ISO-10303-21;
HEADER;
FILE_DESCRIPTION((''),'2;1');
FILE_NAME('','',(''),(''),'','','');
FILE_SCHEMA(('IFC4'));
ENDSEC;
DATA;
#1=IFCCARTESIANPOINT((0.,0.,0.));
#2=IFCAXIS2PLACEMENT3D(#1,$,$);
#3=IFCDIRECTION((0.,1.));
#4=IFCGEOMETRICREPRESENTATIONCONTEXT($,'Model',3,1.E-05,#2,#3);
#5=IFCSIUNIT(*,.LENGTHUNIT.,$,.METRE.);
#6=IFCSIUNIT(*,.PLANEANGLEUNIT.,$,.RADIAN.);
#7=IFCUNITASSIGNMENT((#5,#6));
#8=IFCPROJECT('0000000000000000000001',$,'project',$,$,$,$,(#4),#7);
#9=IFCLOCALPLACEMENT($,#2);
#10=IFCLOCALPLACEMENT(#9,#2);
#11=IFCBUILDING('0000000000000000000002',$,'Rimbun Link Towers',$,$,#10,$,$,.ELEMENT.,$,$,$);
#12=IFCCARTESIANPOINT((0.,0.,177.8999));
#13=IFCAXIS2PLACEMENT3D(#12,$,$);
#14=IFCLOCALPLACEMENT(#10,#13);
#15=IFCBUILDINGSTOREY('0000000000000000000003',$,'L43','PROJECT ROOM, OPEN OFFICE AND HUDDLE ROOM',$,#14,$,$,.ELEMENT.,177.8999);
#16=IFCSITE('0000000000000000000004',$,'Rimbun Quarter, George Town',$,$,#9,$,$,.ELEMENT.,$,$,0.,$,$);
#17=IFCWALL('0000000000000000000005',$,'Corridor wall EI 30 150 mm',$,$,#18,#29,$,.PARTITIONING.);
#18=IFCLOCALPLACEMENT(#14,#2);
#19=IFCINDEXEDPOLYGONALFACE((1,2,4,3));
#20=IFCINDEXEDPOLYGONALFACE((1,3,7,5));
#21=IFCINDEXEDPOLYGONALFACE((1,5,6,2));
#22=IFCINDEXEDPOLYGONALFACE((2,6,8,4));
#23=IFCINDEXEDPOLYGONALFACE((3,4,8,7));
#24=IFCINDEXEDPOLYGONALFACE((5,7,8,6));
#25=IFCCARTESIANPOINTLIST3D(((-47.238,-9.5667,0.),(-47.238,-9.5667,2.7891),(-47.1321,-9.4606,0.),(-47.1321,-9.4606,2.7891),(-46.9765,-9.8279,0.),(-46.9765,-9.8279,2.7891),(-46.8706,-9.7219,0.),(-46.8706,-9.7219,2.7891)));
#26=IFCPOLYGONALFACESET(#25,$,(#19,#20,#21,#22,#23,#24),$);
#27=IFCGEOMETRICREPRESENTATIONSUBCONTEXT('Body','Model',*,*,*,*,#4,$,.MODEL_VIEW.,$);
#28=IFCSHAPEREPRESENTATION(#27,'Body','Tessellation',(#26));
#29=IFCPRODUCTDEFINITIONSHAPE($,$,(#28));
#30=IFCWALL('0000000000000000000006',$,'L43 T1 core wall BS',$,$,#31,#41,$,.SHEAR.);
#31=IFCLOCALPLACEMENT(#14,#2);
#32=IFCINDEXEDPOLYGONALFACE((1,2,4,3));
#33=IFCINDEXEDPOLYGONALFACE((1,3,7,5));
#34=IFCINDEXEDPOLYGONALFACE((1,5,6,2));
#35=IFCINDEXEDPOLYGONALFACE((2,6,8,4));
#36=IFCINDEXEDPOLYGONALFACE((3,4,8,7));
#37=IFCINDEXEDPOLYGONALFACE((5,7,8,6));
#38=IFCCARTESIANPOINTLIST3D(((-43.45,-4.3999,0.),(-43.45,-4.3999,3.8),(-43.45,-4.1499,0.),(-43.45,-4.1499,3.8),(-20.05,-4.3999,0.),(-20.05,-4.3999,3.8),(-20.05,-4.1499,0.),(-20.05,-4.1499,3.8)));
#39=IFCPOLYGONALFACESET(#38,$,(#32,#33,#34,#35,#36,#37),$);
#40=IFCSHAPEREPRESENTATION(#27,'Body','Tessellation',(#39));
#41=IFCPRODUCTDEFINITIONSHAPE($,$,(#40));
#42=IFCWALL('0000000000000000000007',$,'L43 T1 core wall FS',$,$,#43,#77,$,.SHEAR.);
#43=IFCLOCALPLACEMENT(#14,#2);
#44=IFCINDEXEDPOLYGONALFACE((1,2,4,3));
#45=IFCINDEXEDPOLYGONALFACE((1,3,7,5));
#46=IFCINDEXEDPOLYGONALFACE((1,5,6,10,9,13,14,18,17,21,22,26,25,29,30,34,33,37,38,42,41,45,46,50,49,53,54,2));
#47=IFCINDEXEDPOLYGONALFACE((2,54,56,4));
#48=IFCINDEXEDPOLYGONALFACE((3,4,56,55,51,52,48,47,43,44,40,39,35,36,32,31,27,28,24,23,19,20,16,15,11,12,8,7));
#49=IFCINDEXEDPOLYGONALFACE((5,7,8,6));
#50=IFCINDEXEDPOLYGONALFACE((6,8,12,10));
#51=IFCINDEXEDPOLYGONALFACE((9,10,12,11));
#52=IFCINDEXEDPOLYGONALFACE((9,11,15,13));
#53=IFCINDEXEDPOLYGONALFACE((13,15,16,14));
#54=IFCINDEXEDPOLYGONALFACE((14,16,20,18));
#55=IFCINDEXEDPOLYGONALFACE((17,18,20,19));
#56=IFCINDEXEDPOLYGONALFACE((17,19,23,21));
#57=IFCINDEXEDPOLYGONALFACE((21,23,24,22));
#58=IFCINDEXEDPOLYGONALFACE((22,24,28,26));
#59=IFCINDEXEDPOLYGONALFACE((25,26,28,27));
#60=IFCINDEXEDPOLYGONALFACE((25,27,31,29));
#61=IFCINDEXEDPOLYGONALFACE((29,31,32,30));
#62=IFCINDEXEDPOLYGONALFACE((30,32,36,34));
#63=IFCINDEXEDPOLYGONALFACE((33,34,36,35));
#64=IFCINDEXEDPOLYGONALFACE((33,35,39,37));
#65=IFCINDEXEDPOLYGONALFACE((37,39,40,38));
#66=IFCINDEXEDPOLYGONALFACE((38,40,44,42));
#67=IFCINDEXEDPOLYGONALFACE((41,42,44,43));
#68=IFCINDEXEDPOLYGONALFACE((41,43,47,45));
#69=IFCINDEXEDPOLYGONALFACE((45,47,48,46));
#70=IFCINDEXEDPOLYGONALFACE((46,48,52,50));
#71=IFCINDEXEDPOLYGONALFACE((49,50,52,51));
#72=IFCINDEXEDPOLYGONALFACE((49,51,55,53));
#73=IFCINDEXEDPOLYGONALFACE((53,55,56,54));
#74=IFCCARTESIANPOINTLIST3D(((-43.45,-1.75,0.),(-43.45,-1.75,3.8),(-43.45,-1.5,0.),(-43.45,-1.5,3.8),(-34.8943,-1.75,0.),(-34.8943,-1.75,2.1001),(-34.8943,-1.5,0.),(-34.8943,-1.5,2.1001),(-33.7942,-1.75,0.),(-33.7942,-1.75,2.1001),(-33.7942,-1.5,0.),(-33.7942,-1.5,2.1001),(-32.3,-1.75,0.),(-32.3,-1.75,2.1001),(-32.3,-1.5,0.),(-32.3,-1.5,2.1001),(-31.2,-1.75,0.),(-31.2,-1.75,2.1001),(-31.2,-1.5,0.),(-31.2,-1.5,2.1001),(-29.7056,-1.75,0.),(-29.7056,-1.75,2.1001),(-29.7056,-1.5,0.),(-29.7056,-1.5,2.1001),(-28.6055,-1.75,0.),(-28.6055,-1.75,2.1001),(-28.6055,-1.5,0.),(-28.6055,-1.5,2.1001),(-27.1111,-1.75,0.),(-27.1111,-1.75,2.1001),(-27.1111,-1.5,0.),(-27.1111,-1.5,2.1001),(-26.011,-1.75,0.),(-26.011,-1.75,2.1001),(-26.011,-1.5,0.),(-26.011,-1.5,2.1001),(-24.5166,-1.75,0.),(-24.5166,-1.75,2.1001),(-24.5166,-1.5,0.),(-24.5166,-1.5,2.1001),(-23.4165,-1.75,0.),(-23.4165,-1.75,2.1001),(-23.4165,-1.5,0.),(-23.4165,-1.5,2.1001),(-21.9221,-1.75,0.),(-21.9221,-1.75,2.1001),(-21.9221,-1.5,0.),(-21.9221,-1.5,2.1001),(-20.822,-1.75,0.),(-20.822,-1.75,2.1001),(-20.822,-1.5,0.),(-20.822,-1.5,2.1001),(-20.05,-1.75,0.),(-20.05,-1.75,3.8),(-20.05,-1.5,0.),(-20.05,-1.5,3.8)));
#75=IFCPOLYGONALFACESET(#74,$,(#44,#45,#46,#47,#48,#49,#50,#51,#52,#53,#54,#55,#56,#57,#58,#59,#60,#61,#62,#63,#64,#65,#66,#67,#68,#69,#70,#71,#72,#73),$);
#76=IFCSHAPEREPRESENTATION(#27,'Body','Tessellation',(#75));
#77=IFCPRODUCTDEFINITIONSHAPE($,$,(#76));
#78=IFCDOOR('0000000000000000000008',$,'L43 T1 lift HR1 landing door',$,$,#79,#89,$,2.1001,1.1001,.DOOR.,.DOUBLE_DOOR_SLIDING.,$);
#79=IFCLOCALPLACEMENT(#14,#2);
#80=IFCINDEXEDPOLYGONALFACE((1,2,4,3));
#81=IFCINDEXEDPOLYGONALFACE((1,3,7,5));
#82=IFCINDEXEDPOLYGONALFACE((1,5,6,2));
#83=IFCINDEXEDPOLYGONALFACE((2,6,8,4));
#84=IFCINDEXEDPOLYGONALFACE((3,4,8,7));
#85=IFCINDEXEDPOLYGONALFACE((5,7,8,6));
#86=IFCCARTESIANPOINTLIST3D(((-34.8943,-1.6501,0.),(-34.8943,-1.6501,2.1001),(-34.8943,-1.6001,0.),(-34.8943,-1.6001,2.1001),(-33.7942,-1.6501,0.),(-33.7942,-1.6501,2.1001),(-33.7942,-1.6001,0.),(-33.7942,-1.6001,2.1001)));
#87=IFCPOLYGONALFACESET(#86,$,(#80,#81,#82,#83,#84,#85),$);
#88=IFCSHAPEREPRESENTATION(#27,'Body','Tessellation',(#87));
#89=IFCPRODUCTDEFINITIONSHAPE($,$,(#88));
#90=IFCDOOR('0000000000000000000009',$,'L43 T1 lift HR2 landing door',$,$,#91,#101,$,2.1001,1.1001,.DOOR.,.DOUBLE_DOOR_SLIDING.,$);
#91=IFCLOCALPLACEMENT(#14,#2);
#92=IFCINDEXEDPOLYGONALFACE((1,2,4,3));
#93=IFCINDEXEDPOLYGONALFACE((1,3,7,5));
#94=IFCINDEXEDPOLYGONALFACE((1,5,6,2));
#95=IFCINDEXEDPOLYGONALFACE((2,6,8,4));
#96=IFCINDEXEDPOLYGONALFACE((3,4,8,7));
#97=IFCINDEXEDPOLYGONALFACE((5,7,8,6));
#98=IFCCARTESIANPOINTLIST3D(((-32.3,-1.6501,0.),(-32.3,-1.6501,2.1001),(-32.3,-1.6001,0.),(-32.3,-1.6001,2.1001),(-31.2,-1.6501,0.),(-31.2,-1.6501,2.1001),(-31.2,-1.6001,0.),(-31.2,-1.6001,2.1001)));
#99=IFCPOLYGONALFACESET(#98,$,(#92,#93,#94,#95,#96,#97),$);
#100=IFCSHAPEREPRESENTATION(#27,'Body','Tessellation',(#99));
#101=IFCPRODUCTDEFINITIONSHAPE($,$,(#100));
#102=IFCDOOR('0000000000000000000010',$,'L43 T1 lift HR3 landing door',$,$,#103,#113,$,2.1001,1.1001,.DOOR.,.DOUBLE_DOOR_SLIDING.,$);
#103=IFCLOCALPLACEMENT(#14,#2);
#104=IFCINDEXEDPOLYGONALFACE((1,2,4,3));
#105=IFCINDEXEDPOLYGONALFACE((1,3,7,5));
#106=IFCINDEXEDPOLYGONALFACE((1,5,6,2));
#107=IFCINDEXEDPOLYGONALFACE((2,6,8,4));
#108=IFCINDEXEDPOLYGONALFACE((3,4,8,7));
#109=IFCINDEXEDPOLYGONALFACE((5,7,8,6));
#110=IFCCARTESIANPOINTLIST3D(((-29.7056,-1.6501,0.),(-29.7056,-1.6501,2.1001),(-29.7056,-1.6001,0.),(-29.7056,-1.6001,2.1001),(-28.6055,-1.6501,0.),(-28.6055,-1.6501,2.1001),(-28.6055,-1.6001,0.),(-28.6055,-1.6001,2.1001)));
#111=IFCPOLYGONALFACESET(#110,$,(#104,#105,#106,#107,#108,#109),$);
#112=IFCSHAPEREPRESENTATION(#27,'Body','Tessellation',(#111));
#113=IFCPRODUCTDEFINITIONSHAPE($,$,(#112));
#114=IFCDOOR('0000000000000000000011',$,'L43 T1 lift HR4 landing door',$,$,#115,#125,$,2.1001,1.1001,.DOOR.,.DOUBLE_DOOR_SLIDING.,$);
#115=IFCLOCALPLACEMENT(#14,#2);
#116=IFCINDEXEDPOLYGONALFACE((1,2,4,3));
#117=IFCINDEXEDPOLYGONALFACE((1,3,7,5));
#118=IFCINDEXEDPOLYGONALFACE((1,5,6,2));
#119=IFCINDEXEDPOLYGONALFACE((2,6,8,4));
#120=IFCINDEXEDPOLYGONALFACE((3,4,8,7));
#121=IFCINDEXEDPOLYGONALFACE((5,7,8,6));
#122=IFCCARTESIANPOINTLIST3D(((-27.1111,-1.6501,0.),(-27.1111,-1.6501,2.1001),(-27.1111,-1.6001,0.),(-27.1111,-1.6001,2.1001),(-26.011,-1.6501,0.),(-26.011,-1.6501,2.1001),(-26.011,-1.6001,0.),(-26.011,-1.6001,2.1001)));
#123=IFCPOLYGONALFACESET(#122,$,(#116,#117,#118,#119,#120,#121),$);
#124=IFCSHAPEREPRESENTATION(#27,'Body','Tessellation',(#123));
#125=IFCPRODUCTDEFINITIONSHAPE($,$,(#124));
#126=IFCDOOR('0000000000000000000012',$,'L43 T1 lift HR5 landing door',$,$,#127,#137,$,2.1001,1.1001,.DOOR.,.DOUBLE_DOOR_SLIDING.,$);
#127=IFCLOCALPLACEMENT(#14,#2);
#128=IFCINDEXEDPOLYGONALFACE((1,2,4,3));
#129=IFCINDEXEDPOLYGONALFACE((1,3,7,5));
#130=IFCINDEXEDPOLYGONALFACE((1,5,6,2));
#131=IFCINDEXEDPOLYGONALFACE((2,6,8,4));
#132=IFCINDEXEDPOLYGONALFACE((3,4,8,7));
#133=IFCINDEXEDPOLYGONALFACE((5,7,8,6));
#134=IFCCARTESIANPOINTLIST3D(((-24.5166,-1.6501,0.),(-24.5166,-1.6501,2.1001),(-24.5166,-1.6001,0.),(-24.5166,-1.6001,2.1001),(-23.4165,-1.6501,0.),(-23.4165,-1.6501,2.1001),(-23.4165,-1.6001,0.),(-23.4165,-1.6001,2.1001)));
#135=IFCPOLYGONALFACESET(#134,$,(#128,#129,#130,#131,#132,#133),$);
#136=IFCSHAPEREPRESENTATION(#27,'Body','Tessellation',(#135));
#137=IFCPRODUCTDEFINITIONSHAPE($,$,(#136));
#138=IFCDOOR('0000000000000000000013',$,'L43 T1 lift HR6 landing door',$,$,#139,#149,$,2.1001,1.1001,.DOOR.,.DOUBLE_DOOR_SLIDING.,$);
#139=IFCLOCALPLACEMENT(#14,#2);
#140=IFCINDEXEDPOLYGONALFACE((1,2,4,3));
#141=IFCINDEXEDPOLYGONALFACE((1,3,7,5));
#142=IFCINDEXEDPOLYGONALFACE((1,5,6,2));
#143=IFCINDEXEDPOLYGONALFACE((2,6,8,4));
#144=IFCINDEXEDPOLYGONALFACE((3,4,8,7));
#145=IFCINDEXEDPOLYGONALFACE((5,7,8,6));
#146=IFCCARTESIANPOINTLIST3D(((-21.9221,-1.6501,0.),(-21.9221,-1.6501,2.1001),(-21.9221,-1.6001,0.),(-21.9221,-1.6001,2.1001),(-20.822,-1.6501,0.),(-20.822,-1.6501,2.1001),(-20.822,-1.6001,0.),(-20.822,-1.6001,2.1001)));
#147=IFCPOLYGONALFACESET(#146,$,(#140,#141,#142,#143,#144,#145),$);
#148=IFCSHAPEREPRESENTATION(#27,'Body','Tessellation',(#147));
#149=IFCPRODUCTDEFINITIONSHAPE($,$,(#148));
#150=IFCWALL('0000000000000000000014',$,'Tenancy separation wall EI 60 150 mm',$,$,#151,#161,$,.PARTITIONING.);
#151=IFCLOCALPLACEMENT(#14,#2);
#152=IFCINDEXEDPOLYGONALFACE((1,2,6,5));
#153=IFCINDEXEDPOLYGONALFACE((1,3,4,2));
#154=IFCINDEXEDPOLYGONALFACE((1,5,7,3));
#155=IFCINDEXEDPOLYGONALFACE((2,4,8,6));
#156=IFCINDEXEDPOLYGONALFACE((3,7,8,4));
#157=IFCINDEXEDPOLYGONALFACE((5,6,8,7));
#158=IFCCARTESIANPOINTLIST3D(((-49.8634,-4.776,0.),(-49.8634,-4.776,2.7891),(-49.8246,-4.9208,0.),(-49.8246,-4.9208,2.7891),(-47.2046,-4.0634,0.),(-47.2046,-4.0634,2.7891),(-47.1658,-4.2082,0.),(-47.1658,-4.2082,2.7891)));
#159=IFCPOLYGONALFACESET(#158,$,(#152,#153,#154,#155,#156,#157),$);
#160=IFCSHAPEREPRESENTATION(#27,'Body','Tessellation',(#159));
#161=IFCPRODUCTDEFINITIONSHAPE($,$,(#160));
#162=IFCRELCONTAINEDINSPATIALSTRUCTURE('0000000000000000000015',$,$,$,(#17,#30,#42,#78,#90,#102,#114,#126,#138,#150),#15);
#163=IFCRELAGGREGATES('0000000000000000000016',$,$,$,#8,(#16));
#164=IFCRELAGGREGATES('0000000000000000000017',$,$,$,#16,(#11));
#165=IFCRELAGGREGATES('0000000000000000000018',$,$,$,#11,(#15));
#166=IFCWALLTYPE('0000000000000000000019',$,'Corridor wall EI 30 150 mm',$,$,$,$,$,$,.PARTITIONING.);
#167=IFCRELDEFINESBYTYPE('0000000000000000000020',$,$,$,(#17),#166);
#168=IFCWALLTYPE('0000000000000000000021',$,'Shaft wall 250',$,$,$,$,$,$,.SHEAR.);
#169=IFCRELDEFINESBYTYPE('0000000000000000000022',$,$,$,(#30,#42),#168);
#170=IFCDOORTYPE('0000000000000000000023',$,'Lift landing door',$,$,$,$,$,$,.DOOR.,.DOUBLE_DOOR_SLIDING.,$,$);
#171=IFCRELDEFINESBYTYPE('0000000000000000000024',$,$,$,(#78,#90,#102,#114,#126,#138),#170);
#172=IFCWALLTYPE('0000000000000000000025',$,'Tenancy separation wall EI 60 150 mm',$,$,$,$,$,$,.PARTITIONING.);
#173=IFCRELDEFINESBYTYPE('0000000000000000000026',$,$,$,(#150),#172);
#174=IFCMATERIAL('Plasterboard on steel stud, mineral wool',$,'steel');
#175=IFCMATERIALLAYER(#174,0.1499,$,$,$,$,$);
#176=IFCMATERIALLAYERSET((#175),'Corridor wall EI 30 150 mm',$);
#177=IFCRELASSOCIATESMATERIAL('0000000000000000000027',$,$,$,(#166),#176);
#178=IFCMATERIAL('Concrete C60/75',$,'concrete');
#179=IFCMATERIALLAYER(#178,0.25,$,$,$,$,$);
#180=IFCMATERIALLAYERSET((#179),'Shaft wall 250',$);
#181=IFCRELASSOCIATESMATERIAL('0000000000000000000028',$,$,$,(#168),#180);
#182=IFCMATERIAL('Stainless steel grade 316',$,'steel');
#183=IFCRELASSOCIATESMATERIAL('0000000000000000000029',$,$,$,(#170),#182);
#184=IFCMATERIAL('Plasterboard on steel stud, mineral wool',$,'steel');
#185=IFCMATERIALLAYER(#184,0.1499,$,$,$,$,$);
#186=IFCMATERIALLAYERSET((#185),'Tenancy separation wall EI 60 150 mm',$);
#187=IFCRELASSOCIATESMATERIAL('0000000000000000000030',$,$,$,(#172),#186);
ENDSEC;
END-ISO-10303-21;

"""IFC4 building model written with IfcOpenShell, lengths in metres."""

from ifc_helpers import new_model, si_unit, direction, frame, frame_2d, origin, place, context, subcontext, project, spatial, rectangle, extrude, material, layer, layer_set, type_object, element, fill, save


model = new_model("IFC4")

# Units and contexts
model_context = context("Model", 3, precision=1e-05, world=origin(), true_north=direction((0.0, 1.0)))
body_context = subcontext(model_context, "Body", "Model", "MODEL_VIEW")
ifc_project = project(units=[si_unit("LENGTHUNIT", "METRE"), si_unit("PLANEANGLEUNIT", "RADIAN")], contexts=[model_context])

# Site, building, storey
site_placement = place(None, origin())
site = spatial("IfcSite", under=ifc_project, at=site_placement, Name="Rimbun Quarter, George Town", CompositionType="ELEMENT", RefElevation=0.0)
building_placement = place(site_placement, origin())
building = spatial("IfcBuilding", under=site, at=building_placement, Name="Rimbun Link Towers", CompositionType="ELEMENT")
storey_placement = place(building_placement, frame((0.0, 0.0, 177.8999)))
storey = spatial("IfcBuildingStorey", under=building, at=storey_placement, Name="L43", Description="PROJECT ROOM, OPEN OFFICE AND HUDDLE ROOM", CompositionType="ELEMENT", Elevation=177.8999)

# Walls
ifc_material_1 = material(Name="Plasterboard on steel stud, mineral wool", Category="steel")
ifc_layer_1 = layer(ifc_material_1, 0.1499)
ifc_layer_set_1 = layer_set([ifc_layer_1], Name="Corridor wall EI 30 150 mm")
wall_type_1 = type_object("IfcWallType", Name="Corridor wall EI 30 150 mm", PredefinedType="PARTITIONING", material=ifc_layer_set_1)
wall_1_placement = place(storey_placement, frame((-47.1851, -9.5137, 0.0), z_axis=(0.0, 0.0, 1.0), x_axis=(0.707437, -0.706776, 0.0)))
element("IfcWall", 1, at=wall_1_placement, inside=storey, type_object=wall_type_1, Name="Corridor wall EI 30 150 mm", PredefinedType="PARTITIONING", context=body_context, shape_type="SweptSolid", body=[
    extrude(rectangle(XDim=0.3696, YDim=0.1499, at=frame_2d((0.1848, 0.0))), origin(), (0.0, 0.0, 1.0), 2.7891),
])
ifc_material_2 = material(Name="Concrete C60/75", Category="concrete")
ifc_layer_2 = layer(ifc_material_2, 0.25)
ifc_layer_set_2 = layer_set([ifc_layer_2], Name="Shaft wall 250")
wall_type_2 = type_object("IfcWallType", Name="Shaft wall 250", PredefinedType="SHEAR", material=ifc_layer_set_2)
wall_2_placement = place(storey_placement, frame((-43.45, -4.2749, 0.0), z_axis=(0.0, 0.0, 1.0), x_axis=(1.0, 0.0, 0.0)))
element("IfcWall", 2, at=wall_2_placement, inside=storey, type_object=wall_type_2, Name="L43 T1 core wall BS", PredefinedType="SHEAR", context=body_context, shape_type="SweptSolid", body=[
    extrude(rectangle(XDim=23.3999, YDim=0.25, at=frame_2d((11.7, 0.0))), origin(), (0.0, 0.0, 1.0), 3.8),
])

# Wall, openings, doors
wall_3_placement = place(storey_placement, frame((-43.45, -1.625, 0.0), z_axis=(0.0, 0.0, 1.0), x_axis=(1.0, 0.0, 0.0)))
wall_3 = element("IfcWall", 3, at=wall_3_placement, inside=storey, type_object=wall_type_2, Name="L43 T1 core wall FS", PredefinedType="SHEAR", context=body_context, shape_type="SweptSolid", body=[
    extrude(rectangle(XDim=23.3999, YDim=0.25, at=frame_2d((11.7, 0.0))), origin(), (0.0, 0.0, 1.0), 3.8),
])
opening_1_placement = place(wall_3_placement, frame((8.5557, 0.0, 0.0)))
opening_1 = element("IfcOpeningElement", 4, at=opening_1_placement, cuts=wall_3, PredefinedType="OPENING", context=body_context, shape_type="SweptSolid", body=[
    extrude(rectangle(XDim=1.1001, YDim=2.1001, at=frame_2d((0.55, 1.05))), frame((0.0, 0.135, 0.0), z_axis=(0.0, -1.0, 0.0), x_axis=(1.0, 0.0, 0.0)), (0.0, 0.0, 1.0), 0.27),
])
opening_2_placement = place(wall_3_placement, frame((11.1499, 0.0, 0.0)))
opening_2 = element("IfcOpeningElement", 5, at=opening_2_placement, cuts=wall_3, PredefinedType="OPENING", context=body_context, shape_type="SweptSolid", body=[
    extrude(rectangle(XDim=1.1001, YDim=2.1001, at=frame_2d((0.55, 1.05))), frame((0.0, 0.135, 0.0), z_axis=(0.0, -1.0, 0.0), x_axis=(1.0, 0.0, 0.0)), (0.0, 0.0, 1.0), 0.27),
])
opening_3_placement = place(wall_3_placement, frame((13.7444, 0.0, 0.0)))
opening_3 = element("IfcOpeningElement", 6, at=opening_3_placement, cuts=wall_3, PredefinedType="OPENING", context=body_context, shape_type="SweptSolid", body=[
    extrude(rectangle(XDim=1.1001, YDim=2.1001, at=frame_2d((0.55, 1.05))), frame((0.0, 0.135, 0.0), z_axis=(0.0, -1.0, 0.0), x_axis=(1.0, 0.0, 0.0)), (0.0, 0.0, 1.0), 0.27),
])
opening_4_placement = place(wall_3_placement, frame((16.3389, 0.0, 0.0)))
opening_4 = element("IfcOpeningElement", 7, at=opening_4_placement, cuts=wall_3, PredefinedType="OPENING", context=body_context, shape_type="SweptSolid", body=[
    extrude(rectangle(XDim=1.1001, YDim=2.1001, at=frame_2d((0.55, 1.05))), frame((0.0, 0.135, 0.0), z_axis=(0.0, -1.0, 0.0), x_axis=(1.0, 0.0, 0.0)), (0.0, 0.0, 1.0), 0.27),
])
opening_5_placement = place(wall_3_placement, frame((18.9333, 0.0, 0.0)))
opening_5 = element("IfcOpeningElement", 8, at=opening_5_placement, cuts=wall_3, PredefinedType="OPENING", context=body_context, shape_type="SweptSolid", body=[
    extrude(rectangle(XDim=1.1001, YDim=2.1001, at=frame_2d((0.55, 1.05))), frame((0.0, 0.135, 0.0), z_axis=(0.0, -1.0, 0.0), x_axis=(1.0, 0.0, 0.0)), (0.0, 0.0, 1.0), 0.27),
])
opening_6_placement = place(wall_3_placement, frame((21.5278, 0.0, 0.0)))
opening_6 = element("IfcOpeningElement", 9, at=opening_6_placement, cuts=wall_3, PredefinedType="OPENING", context=body_context, shape_type="SweptSolid", body=[
    extrude(rectangle(XDim=1.1001, YDim=2.1001, at=frame_2d((0.55, 1.05))), frame((0.0, 0.135, 0.0), z_axis=(0.0, -1.0, 0.0), x_axis=(1.0, 0.0, 0.0)), (0.0, 0.0, 1.0), 0.27),
])
ifc_material_3 = material(Name="Stainless steel grade 316", Category="steel")
door_type_1 = type_object("IfcDoorType", Name="Lift landing door", OperationType="DOUBLE_DOOR_SLIDING", PredefinedType="DOOR", material=ifc_material_3)
door_1_placement = place(opening_1_placement, origin())
door_1 = element("IfcDoor", 10, at=door_1_placement, inside=storey, type_object=door_type_1, Name="L43 T1 lift HR1 landing door", OperationType="DOUBLE_DOOR_SLIDING", OverallHeight=2.1001, OverallWidth=1.1001, PredefinedType="DOOR", context=body_context, shape_type="SweptSolid", body=[
    extrude(rectangle(XDim=1.1001, YDim=2.1001, at=frame_2d((0.55, 1.05))), frame((0.0, 0.0249, 0.0), z_axis=(0.0, -1.0, 0.0), x_axis=(1.0, 0.0, 0.0)), (0.0, 0.0, 1.0), 0.05),
])
fill(opening_1, door_1)
door_2_placement = place(opening_2_placement, origin())
door_2 = element("IfcDoor", 11, at=door_2_placement, inside=storey, type_object=door_type_1, Name="L43 T1 lift HR2 landing door", OperationType="DOUBLE_DOOR_SLIDING", OverallHeight=2.1001, OverallWidth=1.1001, PredefinedType="DOOR", context=body_context, shape_type="SweptSolid", body=[
    extrude(rectangle(XDim=1.1001, YDim=2.1001, at=frame_2d((0.55, 1.05))), frame((0.0, 0.0249, 0.0), z_axis=(0.0, -1.0, 0.0), x_axis=(1.0, 0.0, 0.0)), (0.0, 0.0, 1.0), 0.05),
])
fill(opening_2, door_2)
door_3_placement = place(opening_3_placement, origin())
door_3 = element("IfcDoor", 12, at=door_3_placement, inside=storey, type_object=door_type_1, Name="L43 T1 lift HR3 landing door", OperationType="DOUBLE_DOOR_SLIDING", OverallHeight=2.1001, OverallWidth=1.1001, PredefinedType="DOOR", context=body_context, shape_type="SweptSolid", body=[
    extrude(rectangle(XDim=1.1001, YDim=2.1001, at=frame_2d((0.55, 1.05))), frame((0.0, 0.0249, 0.0), z_axis=(0.0, -1.0, 0.0), x_axis=(1.0, 0.0, 0.0)), (0.0, 0.0, 1.0), 0.05),
])
fill(opening_3, door_3)
door_4_placement = place(opening_4_placement, origin())
door_4 = element("IfcDoor", 13, at=door_4_placement, inside=storey, type_object=door_type_1, Name="L43 T1 lift HR4 landing door", OperationType="DOUBLE_DOOR_SLIDING", OverallHeight=2.1001, OverallWidth=1.1001, PredefinedType="DOOR", context=body_context, shape_type="SweptSolid", body=[
    extrude(rectangle(XDim=1.1001, YDim=2.1001, at=frame_2d((0.55, 1.05))), frame((0.0, 0.0249, 0.0), z_axis=(0.0, -1.0, 0.0), x_axis=(1.0, 0.0, 0.0)), (0.0, 0.0, 1.0), 0.05),
])
fill(opening_4, door_4)
door_5_placement = place(opening_5_placement, origin())
door_5 = element("IfcDoor", 14, at=door_5_placement, inside=storey, type_object=door_type_1, Name="L43 T1 lift HR5 landing door", OperationType="DOUBLE_DOOR_SLIDING", OverallHeight=2.1001, OverallWidth=1.1001, PredefinedType="DOOR", context=body_context, shape_type="SweptSolid", body=[
    extrude(rectangle(XDim=1.1001, YDim=2.1001, at=frame_2d((0.55, 1.05))), frame((0.0, 0.0249, 0.0), z_axis=(0.0, -1.0, 0.0), x_axis=(1.0, 0.0, 0.0)), (0.0, 0.0, 1.0), 0.05),
])
fill(opening_5, door_5)
door_6_placement = place(opening_6_placement, origin())
door_6 = element("IfcDoor", 15, at=door_6_placement, inside=storey, type_object=door_type_1, Name="L43 T1 lift HR6 landing door", OperationType="DOUBLE_DOOR_SLIDING", OverallHeight=2.1001, OverallWidth=1.1001, PredefinedType="DOOR", context=body_context, shape_type="SweptSolid", body=[
    extrude(rectangle(XDim=1.1001, YDim=2.1001, at=frame_2d((0.55, 1.05))), frame((0.0, 0.0249, 0.0), z_axis=(0.0, -1.0, 0.0), x_axis=(1.0, 0.0, 0.0)), (0.0, 0.0, 1.0), 0.05),
])
fill(opening_6, door_6)

# Wall
ifc_material_4 = material(Name="Plasterboard on steel stud, mineral wool", Category="steel")
ifc_layer_3 = layer(ifc_material_4, 0.1499)
ifc_layer_set_3 = layer_set([ifc_layer_3], Name="Tenancy separation wall EI 60 150 mm")
wall_type_3 = type_object("IfcWallType", Name="Tenancy separation wall EI 60 150 mm", PredefinedType="PARTITIONING", material=ifc_layer_set_3)
wall_4_placement = place(storey_placement, frame((-47.1851, -4.1357, 0.0), z_axis=(0.0, 0.0, 1.0), x_axis=(-0.965909, -0.258882, 0.0)))
element("IfcWall", 16, at=wall_4_placement, inside=storey, type_object=wall_type_3, Name="Tenancy separation wall EI 60 150 mm", PredefinedType="PARTITIONING", context=body_context, shape_type="SweptSolid", body=[
    extrude(rectangle(XDim=2.7527, YDim=0.1499, at=frame_2d((1.3765, 0.0))), origin(), (0.0, 0.0, 1.0), 2.7891),
])

save(model, "model.ifc")
